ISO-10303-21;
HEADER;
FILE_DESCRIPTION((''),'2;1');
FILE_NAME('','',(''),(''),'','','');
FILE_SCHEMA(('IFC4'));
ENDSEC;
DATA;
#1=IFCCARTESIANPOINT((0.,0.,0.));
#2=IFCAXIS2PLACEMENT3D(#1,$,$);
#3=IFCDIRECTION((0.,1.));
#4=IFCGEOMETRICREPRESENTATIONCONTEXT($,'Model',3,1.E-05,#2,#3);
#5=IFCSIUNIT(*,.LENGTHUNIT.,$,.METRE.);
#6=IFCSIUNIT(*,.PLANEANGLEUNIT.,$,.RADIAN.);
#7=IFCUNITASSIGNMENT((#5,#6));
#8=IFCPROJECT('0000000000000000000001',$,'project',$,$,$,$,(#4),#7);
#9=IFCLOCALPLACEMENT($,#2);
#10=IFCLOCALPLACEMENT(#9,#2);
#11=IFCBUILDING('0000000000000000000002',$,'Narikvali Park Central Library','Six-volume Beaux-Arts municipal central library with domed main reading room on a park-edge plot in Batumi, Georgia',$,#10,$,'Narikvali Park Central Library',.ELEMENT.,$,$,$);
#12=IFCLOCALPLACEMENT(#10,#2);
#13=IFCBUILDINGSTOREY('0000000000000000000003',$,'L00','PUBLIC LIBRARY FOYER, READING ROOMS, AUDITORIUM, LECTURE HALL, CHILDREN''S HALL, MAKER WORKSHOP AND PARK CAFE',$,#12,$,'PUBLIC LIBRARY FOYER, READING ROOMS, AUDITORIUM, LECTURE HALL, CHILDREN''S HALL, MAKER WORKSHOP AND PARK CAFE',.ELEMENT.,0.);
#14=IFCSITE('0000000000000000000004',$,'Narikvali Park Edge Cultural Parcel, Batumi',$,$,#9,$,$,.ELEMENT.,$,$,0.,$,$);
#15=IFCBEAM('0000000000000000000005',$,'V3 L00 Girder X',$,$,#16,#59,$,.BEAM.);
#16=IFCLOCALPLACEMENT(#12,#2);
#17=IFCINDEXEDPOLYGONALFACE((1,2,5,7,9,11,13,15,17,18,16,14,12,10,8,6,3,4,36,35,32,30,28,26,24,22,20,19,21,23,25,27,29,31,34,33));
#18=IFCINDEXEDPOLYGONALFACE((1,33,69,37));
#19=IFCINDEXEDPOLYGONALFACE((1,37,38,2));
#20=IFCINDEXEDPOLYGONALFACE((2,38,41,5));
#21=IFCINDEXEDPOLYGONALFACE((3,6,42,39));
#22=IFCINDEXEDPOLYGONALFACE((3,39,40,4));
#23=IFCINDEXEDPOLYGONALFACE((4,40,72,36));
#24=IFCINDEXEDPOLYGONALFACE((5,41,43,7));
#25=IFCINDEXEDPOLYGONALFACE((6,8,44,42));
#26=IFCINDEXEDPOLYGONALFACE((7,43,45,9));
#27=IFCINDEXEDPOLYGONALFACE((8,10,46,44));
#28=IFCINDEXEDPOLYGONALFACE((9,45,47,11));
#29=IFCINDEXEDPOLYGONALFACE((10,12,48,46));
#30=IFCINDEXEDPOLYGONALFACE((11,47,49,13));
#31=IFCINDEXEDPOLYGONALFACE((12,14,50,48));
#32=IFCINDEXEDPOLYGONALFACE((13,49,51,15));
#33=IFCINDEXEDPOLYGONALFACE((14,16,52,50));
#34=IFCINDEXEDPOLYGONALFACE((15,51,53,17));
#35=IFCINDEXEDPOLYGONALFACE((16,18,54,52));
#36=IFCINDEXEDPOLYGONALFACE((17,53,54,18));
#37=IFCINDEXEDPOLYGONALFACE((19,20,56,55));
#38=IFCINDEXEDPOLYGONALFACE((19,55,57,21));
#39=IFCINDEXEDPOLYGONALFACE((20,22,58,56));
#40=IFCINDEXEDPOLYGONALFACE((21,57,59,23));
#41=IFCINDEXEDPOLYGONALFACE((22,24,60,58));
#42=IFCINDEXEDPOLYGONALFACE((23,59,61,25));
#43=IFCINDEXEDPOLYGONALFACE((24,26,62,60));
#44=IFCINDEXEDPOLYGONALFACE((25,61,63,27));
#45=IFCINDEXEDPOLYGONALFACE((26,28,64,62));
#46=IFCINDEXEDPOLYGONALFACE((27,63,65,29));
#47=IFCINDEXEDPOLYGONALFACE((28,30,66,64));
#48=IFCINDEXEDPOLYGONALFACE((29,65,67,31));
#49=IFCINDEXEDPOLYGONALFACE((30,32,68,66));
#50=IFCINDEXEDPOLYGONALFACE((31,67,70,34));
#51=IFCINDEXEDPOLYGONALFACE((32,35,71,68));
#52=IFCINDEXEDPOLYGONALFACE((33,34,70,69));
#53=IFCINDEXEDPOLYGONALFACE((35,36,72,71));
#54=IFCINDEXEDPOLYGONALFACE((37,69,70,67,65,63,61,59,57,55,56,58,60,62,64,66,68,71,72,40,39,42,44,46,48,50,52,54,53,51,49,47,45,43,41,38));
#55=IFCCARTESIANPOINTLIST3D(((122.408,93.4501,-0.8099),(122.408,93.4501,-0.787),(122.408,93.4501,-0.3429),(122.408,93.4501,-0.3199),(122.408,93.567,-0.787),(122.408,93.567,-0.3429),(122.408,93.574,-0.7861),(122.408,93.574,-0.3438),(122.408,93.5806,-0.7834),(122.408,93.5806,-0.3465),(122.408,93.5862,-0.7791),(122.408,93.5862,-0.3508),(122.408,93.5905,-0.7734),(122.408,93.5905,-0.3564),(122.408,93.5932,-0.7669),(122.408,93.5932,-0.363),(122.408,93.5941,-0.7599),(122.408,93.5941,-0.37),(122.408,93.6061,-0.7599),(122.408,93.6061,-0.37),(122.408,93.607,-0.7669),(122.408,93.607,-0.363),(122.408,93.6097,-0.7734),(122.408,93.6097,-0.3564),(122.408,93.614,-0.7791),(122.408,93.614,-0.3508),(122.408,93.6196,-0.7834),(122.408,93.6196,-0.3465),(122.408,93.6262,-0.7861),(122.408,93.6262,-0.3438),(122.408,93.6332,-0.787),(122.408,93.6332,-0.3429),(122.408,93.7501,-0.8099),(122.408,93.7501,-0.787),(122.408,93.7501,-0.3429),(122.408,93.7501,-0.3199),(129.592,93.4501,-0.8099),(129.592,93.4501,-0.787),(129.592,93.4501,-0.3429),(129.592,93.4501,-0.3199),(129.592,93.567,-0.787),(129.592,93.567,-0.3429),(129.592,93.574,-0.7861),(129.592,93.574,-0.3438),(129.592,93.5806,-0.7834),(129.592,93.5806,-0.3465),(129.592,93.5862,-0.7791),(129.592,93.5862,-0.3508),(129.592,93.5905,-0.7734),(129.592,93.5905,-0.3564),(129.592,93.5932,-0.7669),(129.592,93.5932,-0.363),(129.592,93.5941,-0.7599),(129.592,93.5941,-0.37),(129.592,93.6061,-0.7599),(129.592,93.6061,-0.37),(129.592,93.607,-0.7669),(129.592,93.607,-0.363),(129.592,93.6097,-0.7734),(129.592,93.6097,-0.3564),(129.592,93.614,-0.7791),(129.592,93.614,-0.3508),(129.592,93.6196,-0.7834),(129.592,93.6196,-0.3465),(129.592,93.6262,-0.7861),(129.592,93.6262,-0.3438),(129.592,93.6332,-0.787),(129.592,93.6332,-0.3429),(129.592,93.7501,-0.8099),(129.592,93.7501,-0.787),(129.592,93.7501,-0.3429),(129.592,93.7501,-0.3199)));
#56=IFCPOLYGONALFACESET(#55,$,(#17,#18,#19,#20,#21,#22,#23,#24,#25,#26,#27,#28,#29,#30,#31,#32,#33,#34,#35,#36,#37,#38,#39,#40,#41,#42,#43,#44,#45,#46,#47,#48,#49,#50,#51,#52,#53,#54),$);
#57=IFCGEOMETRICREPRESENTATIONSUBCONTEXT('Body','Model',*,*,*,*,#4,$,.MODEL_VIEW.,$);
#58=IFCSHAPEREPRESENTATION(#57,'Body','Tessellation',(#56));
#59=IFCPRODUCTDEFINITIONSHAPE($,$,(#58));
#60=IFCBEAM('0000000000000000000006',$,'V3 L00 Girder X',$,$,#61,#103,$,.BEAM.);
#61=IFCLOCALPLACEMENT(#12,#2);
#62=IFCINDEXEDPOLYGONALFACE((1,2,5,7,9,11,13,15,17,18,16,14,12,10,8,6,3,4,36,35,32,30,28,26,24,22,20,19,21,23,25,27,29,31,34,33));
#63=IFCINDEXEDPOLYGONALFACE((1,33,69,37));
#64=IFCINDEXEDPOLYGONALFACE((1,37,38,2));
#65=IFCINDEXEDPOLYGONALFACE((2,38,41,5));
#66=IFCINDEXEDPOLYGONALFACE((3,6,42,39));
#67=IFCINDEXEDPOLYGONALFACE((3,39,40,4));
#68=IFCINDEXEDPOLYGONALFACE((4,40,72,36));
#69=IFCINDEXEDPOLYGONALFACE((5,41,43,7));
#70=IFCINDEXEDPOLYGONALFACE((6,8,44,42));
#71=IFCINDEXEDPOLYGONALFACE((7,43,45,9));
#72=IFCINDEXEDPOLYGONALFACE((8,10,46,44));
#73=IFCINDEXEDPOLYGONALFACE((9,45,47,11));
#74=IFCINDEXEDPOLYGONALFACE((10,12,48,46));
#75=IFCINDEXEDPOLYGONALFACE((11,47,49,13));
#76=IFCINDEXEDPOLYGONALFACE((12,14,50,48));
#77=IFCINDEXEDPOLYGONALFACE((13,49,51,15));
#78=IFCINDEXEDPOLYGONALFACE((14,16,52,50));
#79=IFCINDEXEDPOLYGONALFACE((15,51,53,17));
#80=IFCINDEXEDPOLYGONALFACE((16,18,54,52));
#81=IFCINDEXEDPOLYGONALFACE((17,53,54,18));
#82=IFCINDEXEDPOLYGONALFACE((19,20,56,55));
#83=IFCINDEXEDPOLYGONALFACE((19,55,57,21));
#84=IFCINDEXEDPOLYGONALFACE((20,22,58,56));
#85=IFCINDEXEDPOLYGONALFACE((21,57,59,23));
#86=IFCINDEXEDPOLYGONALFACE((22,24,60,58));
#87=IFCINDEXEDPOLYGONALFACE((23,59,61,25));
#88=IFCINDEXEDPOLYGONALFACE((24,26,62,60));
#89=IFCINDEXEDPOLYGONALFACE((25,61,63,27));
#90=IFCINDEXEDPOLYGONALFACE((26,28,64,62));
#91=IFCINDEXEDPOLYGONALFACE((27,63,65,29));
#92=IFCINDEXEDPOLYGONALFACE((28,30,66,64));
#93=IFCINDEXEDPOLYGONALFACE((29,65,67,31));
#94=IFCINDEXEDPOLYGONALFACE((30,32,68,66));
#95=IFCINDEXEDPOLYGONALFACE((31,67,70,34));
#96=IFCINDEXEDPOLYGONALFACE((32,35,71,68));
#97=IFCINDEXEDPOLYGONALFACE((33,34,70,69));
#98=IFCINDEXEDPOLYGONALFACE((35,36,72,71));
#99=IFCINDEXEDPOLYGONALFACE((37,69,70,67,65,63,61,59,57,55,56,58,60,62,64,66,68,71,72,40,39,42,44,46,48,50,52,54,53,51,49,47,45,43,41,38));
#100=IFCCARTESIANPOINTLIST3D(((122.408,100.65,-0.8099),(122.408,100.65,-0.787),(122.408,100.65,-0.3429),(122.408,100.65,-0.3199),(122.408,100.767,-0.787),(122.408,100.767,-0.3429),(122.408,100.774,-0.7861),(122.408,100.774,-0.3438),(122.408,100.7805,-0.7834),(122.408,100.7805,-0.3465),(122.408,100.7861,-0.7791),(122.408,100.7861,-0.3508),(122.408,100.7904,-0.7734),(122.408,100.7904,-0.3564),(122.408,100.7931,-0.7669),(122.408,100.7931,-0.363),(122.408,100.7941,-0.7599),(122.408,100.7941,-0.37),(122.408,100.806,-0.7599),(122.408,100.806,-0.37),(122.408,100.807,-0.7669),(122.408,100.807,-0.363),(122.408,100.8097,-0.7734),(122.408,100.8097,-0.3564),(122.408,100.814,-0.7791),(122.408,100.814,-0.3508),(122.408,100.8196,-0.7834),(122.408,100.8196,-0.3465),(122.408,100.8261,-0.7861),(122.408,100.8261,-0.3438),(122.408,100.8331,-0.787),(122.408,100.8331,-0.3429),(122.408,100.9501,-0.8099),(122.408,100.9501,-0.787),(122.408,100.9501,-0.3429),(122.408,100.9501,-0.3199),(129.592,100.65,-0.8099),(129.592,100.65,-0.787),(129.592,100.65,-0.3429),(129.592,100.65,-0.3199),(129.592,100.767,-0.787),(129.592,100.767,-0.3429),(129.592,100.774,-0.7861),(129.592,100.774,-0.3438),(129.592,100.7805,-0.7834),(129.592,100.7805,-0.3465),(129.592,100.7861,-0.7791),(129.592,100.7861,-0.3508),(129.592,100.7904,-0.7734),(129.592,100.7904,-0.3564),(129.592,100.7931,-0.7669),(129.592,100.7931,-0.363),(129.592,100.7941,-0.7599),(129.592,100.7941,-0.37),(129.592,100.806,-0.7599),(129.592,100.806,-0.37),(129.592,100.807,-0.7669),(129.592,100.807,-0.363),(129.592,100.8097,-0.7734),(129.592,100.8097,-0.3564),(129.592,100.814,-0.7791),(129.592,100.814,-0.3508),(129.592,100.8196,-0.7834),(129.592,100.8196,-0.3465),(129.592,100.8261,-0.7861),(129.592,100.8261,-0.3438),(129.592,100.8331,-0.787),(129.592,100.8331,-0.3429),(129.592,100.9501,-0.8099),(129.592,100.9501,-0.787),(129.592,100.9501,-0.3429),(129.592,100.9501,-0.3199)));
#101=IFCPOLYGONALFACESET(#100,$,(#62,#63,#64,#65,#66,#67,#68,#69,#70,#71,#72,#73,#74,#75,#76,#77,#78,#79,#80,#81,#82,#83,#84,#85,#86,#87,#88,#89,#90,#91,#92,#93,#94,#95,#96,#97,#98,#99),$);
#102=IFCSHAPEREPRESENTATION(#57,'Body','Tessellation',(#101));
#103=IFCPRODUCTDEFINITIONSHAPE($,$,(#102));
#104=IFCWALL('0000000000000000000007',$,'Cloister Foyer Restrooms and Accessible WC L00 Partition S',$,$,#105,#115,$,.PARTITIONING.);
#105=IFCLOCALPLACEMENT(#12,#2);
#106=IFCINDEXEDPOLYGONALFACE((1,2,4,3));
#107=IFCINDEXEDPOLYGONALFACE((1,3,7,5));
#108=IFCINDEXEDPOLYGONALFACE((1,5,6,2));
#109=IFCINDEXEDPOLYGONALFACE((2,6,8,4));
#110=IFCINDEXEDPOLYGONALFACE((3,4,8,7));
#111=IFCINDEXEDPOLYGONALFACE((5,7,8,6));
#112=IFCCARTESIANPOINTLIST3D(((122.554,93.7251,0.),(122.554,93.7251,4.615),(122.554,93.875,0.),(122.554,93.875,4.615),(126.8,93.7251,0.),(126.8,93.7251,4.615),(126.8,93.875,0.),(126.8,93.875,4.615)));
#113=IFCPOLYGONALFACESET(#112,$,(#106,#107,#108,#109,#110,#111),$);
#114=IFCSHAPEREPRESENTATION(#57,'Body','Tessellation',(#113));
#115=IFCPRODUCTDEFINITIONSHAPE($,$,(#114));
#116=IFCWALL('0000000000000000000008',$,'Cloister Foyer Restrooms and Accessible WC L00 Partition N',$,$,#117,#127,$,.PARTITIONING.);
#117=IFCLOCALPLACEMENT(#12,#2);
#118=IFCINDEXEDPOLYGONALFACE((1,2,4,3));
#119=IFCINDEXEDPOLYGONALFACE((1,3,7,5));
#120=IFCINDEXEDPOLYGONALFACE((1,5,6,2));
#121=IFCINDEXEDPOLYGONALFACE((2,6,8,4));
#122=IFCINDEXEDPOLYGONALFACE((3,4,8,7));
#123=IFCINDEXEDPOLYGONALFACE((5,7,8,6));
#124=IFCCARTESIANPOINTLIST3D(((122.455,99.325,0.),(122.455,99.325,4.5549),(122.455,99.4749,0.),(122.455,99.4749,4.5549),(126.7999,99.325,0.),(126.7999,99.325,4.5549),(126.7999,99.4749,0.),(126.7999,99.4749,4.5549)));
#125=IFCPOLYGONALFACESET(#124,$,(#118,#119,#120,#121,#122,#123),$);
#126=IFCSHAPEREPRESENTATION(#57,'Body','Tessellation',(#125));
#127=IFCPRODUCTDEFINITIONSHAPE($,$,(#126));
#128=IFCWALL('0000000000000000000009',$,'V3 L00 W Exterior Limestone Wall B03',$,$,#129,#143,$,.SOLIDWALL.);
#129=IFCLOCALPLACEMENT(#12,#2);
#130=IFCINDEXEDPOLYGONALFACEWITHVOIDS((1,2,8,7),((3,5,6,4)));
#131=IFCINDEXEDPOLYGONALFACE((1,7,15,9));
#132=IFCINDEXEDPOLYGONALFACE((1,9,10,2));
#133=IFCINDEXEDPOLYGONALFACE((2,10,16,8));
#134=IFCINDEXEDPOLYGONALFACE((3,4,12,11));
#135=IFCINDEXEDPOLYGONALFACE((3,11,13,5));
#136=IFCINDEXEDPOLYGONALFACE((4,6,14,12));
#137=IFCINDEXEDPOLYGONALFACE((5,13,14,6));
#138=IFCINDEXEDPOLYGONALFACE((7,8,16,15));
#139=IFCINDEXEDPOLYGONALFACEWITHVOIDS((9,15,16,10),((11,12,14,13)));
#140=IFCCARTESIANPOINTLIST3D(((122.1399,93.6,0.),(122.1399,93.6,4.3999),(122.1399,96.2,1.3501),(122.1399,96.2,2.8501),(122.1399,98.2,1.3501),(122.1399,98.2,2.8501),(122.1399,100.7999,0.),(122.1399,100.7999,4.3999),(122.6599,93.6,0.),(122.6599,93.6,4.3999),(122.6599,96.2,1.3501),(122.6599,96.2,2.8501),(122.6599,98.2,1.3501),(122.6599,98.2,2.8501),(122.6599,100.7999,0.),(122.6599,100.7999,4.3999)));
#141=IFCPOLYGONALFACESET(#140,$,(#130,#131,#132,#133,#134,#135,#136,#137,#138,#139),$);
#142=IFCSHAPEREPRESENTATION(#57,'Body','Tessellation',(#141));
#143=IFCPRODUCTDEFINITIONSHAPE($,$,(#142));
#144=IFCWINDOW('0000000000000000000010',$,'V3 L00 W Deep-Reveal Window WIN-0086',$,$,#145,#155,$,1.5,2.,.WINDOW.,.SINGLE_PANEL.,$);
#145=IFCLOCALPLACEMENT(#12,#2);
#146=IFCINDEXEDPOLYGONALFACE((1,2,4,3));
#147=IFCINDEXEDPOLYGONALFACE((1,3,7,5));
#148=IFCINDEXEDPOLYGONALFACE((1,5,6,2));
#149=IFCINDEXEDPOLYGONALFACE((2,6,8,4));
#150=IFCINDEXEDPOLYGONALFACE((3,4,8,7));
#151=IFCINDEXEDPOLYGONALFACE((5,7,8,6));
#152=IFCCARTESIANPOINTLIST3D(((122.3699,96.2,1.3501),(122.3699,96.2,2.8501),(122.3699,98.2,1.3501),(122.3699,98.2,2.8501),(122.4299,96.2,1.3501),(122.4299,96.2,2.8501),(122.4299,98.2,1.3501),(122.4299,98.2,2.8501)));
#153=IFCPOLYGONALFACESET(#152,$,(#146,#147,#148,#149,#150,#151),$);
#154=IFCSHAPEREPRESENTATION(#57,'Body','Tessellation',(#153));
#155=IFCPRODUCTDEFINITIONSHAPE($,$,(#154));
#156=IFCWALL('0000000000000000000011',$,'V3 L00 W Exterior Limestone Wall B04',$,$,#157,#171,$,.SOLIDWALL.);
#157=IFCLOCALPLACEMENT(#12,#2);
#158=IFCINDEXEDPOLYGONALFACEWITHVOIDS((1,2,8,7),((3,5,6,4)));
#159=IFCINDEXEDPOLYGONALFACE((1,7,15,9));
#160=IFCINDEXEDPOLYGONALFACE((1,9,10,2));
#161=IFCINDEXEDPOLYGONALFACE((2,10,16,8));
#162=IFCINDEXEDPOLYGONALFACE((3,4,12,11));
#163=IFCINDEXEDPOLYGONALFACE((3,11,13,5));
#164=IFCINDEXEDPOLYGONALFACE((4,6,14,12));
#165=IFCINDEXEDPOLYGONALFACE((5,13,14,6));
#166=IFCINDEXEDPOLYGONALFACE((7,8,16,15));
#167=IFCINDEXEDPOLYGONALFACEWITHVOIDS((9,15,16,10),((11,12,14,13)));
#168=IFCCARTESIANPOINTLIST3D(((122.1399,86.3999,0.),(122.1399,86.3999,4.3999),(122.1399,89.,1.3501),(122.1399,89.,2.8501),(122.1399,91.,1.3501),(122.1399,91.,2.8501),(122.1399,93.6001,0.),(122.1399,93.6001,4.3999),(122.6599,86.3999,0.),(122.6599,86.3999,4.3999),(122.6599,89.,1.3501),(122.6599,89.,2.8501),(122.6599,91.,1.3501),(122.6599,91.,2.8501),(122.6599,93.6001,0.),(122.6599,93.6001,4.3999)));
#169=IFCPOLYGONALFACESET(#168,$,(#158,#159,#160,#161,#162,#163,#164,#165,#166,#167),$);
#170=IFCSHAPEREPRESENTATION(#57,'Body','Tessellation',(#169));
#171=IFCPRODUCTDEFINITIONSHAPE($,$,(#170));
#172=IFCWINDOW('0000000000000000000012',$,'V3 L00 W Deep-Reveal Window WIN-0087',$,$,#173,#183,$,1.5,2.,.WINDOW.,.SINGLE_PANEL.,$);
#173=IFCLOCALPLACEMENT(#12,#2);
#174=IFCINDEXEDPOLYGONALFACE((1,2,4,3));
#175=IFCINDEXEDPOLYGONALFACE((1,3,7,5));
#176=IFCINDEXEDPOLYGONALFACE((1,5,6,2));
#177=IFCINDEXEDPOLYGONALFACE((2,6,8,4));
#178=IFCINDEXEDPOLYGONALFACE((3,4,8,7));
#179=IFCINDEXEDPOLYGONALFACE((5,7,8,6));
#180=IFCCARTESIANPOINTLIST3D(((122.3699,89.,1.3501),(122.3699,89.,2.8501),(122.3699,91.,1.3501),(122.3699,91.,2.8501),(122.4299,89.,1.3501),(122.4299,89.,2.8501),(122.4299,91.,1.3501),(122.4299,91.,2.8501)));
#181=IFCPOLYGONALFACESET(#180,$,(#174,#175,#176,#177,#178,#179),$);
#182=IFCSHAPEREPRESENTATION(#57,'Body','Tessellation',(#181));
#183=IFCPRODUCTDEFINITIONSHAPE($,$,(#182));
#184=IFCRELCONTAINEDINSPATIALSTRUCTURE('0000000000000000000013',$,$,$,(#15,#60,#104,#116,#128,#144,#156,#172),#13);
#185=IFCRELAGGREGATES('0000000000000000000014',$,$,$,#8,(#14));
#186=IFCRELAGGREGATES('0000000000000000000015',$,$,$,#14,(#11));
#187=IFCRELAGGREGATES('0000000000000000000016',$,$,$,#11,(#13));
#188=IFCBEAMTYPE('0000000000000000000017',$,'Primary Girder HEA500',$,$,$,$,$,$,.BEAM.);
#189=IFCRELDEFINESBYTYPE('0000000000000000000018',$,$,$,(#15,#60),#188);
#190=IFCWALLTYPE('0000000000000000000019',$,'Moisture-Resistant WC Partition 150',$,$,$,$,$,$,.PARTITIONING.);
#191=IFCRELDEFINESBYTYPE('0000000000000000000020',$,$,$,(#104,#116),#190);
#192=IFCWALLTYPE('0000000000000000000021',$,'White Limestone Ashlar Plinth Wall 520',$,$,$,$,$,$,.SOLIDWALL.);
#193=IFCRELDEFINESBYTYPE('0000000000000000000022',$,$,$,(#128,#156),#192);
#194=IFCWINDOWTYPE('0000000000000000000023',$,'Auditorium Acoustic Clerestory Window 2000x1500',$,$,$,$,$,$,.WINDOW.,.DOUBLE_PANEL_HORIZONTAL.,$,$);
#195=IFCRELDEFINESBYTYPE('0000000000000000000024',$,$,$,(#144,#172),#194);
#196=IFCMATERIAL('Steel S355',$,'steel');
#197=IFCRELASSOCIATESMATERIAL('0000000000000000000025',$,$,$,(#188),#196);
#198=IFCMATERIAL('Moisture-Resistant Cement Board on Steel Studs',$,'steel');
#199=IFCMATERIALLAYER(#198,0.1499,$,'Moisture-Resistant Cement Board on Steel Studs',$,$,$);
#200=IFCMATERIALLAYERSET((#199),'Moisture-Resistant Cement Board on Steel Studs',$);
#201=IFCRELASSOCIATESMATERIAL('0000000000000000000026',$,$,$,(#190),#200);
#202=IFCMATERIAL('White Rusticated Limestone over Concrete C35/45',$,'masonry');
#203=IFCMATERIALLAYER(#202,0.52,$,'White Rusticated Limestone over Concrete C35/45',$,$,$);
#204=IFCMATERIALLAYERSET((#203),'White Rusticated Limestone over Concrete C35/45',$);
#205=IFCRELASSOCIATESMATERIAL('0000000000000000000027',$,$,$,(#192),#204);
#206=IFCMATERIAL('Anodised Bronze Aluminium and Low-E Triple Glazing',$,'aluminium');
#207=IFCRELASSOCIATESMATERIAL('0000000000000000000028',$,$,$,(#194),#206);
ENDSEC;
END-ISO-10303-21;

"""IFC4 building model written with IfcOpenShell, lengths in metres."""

from ifc_helpers import new_model, si_unit, direction, frame, frame_2d, origin, origin_2d, place, context, subcontext, project, spatial, rectangle, i_section, extrude, material, layer, layer_set, material_profile, profile_set, type_object, element, fill, save


model = new_model("IFC4")

# Units and contexts
model_context = context("Model", 3, precision=1e-05, world=origin(), true_north=direction((0.0, 1.0)))
body_context = subcontext(model_context, "Body", "Model", "MODEL_VIEW")
ifc_project = project(units=[si_unit("LENGTHUNIT", "METRE"), si_unit("PLANEANGLEUNIT", "RADIAN")], contexts=[model_context])

# Site, building, storey
site_placement = place(None, origin())
site = spatial("IfcSite", under=ifc_project, at=site_placement, Name="Narikvali Park Edge Cultural Parcel, Batumi", CompositionType="ELEMENT", RefElevation=0.0)
building_placement = place(site_placement, origin())
building = spatial("IfcBuilding", under=site, at=building_placement, Name="Narikvali Park Central Library", Description="Six-volume Beaux-Arts municipal central library with domed main reading room on a park-edge plot in Batumi, Georgia", LongName="Narikvali Park Central Library", CompositionType="ELEMENT")
storey_placement = place(building_placement, origin())
storey = spatial("IfcBuildingStorey", under=building, at=storey_placement, Name="L00", Description="PUBLIC LIBRARY FOYER, READING ROOMS, AUDITORIUM, LECTURE HALL, CHILDREN'S HALL, MAKER WORKSHOP AND PARK CAFE", LongName="PUBLIC LIBRARY FOYER, READING ROOMS, AUDITORIUM, LECTURE HALL, CHILDREN'S HALL, MAKER WORKSHOP AND PARK CAFE", CompositionType="ELEMENT", Elevation=0.0)

# Shared definitions
ifc_material_1 = material(Name="Steel S355", Category="steel")

# Beams
ifc_material_profile_1 = material_profile(ifc_material_1, i_section(OverallWidth=0.3, OverallDepth=0.49, WebThickness=0.012, FlangeThickness=0.0229, FilletRadius=0.0271, at=origin_2d()), Name="HEA 500")
ifc_profile_set_1 = profile_set([ifc_material_profile_1], Name="Steel S355")
beam_type_1 = type_object("IfcBeamType", Name="Primary Girder HEA500", PredefinedType="BEAM", material=ifc_profile_set_1)
for number, where, z_axis, x_axis, name in (
    (1, (122.408, 93.6001, -0.5649), (1.0, 0.0, 0.0), (0.0, 1.0, 0.0), "V3 L00 Girder X"),
    (2, (122.408, 100.8, -0.5649), (1.0, 0.0, 0.0), (0.0, 1.0, 0.0), "V3 L00 Girder X"),
):
    element("IfcBeam", number, at=place(storey_placement, frame(where, z_axis=z_axis, x_axis=x_axis)), inside=storey, type_object=beam_type_1, Name=name, PredefinedType="BEAM", context=body_context, shape_type="SweptSolid", body=[
        extrude(i_section(OverallWidth=0.3, OverallDepth=0.49, WebThickness=0.012, FlangeThickness=0.0229, FilletRadius=0.0271, at=origin_2d()), origin(), (0.0, 0.0, 1.0), 7.1841),
    ])

# Walls
ifc_material_2 = material(Name="Moisture-Resistant Cement Board on Steel Studs", Category="steel")
ifc_layer_1 = layer(ifc_material_2, 0.1499, Name="Moisture-Resistant Cement Board on Steel Studs")
ifc_layer_set_1 = layer_set([ifc_layer_1], Name="Moisture-Resistant Cement Board on Steel Studs")
wall_type_1 = type_object("IfcWallType", Name="Moisture-Resistant WC Partition 150", PredefinedType="PARTITIONING", material=ifc_layer_set_1)
wall_1_placement = place(storey_placement, frame((122.554, 93.8, 0.0), z_axis=(0.0, 0.0, 1.0), x_axis=(1.0, 0.0, 0.0)))
element("IfcWall", 3, at=wall_1_placement, inside=storey, type_object=wall_type_1, Name="Cloister Foyer Restrooms and Accessible WC L00 Partition S", PredefinedType="PARTITIONING", context=body_context, shape_type="SweptSolid", body=[
    extrude(rectangle(XDim=4.2461, YDim=0.1499, at=frame_2d((2.123, 0.0))), origin(), (0.0, 0.0, 1.0), 4.615),
])
wall_2_placement = place(storey_placement, frame((122.4551, 99.3999, 0.0), z_axis=(0.0, 0.0, 1.0), x_axis=(1.0, 0.0, 0.0)))
element("IfcWall", 4, at=wall_2_placement, inside=storey, type_object=wall_type_1, Name="Cloister Foyer Restrooms and Accessible WC L00 Partition N", PredefinedType="PARTITIONING", context=body_context, shape_type="SweptSolid", body=[
    extrude(rectangle(XDim=4.345, YDim=0.1499, at=frame_2d((2.1724, 0.0))), origin(), (0.0, 0.0, 1.0), 4.5549),
])

# Walls, openings, windows
ifc_material_3 = material(Name="White Rusticated Limestone over Concrete C35/45", Category="masonry")
ifc_layer_2 = layer(ifc_material_3, 0.52, Name="White Rusticated Limestone over Concrete C35/45")
ifc_layer_set_2 = layer_set([ifc_layer_2], Name="White Rusticated Limestone over Concrete C35/45")
wall_type_2 = type_object("IfcWallType", Name="White Limestone Ashlar Plinth Wall 520", PredefinedType="SOLIDWALL", material=ifc_layer_set_2)
wall_3_placement = place(storey_placement, frame((122.3999, 100.8, 0.0), z_axis=(0.0, 0.0, 1.0), x_axis=(0.0, -1.0, 0.0)))
wall_3 = element("IfcWall", 5, at=wall_3_placement, inside=storey, type_object=wall_type_2, Name="V3 L00 W Exterior Limestone Wall B03", PredefinedType="SOLIDWALL", context=body_context, shape_type="SweptSolid", body=[
    extrude(rectangle(XDim=7.2, YDim=0.52, at=frame_2d((3.6001, 0.0))), origin(), (0.0, 0.0, 1.0), 4.3999),
])
opening_1_placement = place(wall_3_placement, frame((2.6001, 0.0, 1.3501)))
opening_1 = element("IfcOpeningElement", 6, at=opening_1_placement, cuts=wall_3, PredefinedType="OPENING", context=body_context, shape_type="SweptSolid", body=[
    extrude(rectangle(XDim=2.0, YDim=1.5, at=frame_2d((1.0, 0.75))), frame((0.0, 0.272, 0.0), z_axis=(0.0, -1.0, 0.0), x_axis=(1.0, 0.0, 0.0)), (0.0, 0.0, 1.0), 0.5439),
])
ifc_material_4 = material(Name="Anodised Bronze Aluminium and Low-E Triple Glazing", Category="aluminium")
window_type = type_object("IfcWindowType", Name="Auditorium Acoustic Clerestory Window 2000x1500", PartitioningType="DOUBLE_PANEL_HORIZONTAL", PredefinedType="WINDOW", material=ifc_material_4)
window_1_placement = place(opening_1_placement, origin())
window_1 = element("IfcWindow", 7, at=window_1_placement, inside=storey, type_object=window_type, Name="V3 L00 W Deep-Reveal Window WIN-0086", OverallHeight=1.5, OverallWidth=2.0, PartitioningType="SINGLE_PANEL", PredefinedType="WINDOW", context=body_context, shape_type="SweptSolid", body=[
    extrude(rectangle(XDim=2.0, YDim=1.5, at=frame_2d((1.0, 0.75))), frame((0.0, 0.03, 0.0), z_axis=(0.0, -1.0, 0.0), x_axis=(1.0, 0.0, 0.0)), (0.0, 0.0, 1.0), 0.0601),
])
fill(opening_1, window_1)
wall_4_placement = place(storey_placement, frame((122.3999, 93.6001, 0.0), z_axis=(0.0, 0.0, 1.0), x_axis=(0.0, -1.0, 0.0)))
wall_4 = element("IfcWall", 8, at=wall_4_placement, inside=storey, type_object=wall_type_2, Name="V3 L00 W Exterior Limestone Wall B04", PredefinedType="SOLIDWALL", context=body_context, shape_type="SweptSolid", body=[
    extrude(rectangle(XDim=7.2002, YDim=0.52, at=frame_2d((3.6001, 0.0))), origin(), (0.0, 0.0, 1.0), 4.3999),
])
opening_2_placement = place(wall_4_placement, frame((2.6001, 0.0, 1.3501)))
opening_2 = element("IfcOpeningElement", 9, at=opening_2_placement, cuts=wall_4, PredefinedType="OPENING", context=body_context, shape_type="SweptSolid", body=[
    extrude(rectangle(XDim=2.0, YDim=1.5, at=frame_2d((1.0, 0.75))), frame((0.0, 0.272, 0.0), z_axis=(0.0, -1.0, 0.0), x_axis=(1.0, 0.0, 0.0)), (0.0, 0.0, 1.0), 0.5439),
])
window_2_placement = place(opening_2_placement, origin())
window_2 = element("IfcWindow", 10, at=window_2_placement, inside=storey, type_object=window_type, Name="V3 L00 W Deep-Reveal Window WIN-0087", OverallHeight=1.5, OverallWidth=2.0, PartitioningType="SINGLE_PANEL", PredefinedType="WINDOW", context=body_context, shape_type="SweptSolid", body=[
    extrude(rectangle(XDim=2.0, YDim=1.5, at=frame_2d((1.0, 0.75))), frame((0.0, 0.03, 0.0), z_axis=(0.0, -1.0, 0.0), x_axis=(1.0, 0.0, 0.0)), (0.0, 0.0, 1.0), 0.0601),
])
fill(opening_2, window_2)

save(model, "model.ifc")
